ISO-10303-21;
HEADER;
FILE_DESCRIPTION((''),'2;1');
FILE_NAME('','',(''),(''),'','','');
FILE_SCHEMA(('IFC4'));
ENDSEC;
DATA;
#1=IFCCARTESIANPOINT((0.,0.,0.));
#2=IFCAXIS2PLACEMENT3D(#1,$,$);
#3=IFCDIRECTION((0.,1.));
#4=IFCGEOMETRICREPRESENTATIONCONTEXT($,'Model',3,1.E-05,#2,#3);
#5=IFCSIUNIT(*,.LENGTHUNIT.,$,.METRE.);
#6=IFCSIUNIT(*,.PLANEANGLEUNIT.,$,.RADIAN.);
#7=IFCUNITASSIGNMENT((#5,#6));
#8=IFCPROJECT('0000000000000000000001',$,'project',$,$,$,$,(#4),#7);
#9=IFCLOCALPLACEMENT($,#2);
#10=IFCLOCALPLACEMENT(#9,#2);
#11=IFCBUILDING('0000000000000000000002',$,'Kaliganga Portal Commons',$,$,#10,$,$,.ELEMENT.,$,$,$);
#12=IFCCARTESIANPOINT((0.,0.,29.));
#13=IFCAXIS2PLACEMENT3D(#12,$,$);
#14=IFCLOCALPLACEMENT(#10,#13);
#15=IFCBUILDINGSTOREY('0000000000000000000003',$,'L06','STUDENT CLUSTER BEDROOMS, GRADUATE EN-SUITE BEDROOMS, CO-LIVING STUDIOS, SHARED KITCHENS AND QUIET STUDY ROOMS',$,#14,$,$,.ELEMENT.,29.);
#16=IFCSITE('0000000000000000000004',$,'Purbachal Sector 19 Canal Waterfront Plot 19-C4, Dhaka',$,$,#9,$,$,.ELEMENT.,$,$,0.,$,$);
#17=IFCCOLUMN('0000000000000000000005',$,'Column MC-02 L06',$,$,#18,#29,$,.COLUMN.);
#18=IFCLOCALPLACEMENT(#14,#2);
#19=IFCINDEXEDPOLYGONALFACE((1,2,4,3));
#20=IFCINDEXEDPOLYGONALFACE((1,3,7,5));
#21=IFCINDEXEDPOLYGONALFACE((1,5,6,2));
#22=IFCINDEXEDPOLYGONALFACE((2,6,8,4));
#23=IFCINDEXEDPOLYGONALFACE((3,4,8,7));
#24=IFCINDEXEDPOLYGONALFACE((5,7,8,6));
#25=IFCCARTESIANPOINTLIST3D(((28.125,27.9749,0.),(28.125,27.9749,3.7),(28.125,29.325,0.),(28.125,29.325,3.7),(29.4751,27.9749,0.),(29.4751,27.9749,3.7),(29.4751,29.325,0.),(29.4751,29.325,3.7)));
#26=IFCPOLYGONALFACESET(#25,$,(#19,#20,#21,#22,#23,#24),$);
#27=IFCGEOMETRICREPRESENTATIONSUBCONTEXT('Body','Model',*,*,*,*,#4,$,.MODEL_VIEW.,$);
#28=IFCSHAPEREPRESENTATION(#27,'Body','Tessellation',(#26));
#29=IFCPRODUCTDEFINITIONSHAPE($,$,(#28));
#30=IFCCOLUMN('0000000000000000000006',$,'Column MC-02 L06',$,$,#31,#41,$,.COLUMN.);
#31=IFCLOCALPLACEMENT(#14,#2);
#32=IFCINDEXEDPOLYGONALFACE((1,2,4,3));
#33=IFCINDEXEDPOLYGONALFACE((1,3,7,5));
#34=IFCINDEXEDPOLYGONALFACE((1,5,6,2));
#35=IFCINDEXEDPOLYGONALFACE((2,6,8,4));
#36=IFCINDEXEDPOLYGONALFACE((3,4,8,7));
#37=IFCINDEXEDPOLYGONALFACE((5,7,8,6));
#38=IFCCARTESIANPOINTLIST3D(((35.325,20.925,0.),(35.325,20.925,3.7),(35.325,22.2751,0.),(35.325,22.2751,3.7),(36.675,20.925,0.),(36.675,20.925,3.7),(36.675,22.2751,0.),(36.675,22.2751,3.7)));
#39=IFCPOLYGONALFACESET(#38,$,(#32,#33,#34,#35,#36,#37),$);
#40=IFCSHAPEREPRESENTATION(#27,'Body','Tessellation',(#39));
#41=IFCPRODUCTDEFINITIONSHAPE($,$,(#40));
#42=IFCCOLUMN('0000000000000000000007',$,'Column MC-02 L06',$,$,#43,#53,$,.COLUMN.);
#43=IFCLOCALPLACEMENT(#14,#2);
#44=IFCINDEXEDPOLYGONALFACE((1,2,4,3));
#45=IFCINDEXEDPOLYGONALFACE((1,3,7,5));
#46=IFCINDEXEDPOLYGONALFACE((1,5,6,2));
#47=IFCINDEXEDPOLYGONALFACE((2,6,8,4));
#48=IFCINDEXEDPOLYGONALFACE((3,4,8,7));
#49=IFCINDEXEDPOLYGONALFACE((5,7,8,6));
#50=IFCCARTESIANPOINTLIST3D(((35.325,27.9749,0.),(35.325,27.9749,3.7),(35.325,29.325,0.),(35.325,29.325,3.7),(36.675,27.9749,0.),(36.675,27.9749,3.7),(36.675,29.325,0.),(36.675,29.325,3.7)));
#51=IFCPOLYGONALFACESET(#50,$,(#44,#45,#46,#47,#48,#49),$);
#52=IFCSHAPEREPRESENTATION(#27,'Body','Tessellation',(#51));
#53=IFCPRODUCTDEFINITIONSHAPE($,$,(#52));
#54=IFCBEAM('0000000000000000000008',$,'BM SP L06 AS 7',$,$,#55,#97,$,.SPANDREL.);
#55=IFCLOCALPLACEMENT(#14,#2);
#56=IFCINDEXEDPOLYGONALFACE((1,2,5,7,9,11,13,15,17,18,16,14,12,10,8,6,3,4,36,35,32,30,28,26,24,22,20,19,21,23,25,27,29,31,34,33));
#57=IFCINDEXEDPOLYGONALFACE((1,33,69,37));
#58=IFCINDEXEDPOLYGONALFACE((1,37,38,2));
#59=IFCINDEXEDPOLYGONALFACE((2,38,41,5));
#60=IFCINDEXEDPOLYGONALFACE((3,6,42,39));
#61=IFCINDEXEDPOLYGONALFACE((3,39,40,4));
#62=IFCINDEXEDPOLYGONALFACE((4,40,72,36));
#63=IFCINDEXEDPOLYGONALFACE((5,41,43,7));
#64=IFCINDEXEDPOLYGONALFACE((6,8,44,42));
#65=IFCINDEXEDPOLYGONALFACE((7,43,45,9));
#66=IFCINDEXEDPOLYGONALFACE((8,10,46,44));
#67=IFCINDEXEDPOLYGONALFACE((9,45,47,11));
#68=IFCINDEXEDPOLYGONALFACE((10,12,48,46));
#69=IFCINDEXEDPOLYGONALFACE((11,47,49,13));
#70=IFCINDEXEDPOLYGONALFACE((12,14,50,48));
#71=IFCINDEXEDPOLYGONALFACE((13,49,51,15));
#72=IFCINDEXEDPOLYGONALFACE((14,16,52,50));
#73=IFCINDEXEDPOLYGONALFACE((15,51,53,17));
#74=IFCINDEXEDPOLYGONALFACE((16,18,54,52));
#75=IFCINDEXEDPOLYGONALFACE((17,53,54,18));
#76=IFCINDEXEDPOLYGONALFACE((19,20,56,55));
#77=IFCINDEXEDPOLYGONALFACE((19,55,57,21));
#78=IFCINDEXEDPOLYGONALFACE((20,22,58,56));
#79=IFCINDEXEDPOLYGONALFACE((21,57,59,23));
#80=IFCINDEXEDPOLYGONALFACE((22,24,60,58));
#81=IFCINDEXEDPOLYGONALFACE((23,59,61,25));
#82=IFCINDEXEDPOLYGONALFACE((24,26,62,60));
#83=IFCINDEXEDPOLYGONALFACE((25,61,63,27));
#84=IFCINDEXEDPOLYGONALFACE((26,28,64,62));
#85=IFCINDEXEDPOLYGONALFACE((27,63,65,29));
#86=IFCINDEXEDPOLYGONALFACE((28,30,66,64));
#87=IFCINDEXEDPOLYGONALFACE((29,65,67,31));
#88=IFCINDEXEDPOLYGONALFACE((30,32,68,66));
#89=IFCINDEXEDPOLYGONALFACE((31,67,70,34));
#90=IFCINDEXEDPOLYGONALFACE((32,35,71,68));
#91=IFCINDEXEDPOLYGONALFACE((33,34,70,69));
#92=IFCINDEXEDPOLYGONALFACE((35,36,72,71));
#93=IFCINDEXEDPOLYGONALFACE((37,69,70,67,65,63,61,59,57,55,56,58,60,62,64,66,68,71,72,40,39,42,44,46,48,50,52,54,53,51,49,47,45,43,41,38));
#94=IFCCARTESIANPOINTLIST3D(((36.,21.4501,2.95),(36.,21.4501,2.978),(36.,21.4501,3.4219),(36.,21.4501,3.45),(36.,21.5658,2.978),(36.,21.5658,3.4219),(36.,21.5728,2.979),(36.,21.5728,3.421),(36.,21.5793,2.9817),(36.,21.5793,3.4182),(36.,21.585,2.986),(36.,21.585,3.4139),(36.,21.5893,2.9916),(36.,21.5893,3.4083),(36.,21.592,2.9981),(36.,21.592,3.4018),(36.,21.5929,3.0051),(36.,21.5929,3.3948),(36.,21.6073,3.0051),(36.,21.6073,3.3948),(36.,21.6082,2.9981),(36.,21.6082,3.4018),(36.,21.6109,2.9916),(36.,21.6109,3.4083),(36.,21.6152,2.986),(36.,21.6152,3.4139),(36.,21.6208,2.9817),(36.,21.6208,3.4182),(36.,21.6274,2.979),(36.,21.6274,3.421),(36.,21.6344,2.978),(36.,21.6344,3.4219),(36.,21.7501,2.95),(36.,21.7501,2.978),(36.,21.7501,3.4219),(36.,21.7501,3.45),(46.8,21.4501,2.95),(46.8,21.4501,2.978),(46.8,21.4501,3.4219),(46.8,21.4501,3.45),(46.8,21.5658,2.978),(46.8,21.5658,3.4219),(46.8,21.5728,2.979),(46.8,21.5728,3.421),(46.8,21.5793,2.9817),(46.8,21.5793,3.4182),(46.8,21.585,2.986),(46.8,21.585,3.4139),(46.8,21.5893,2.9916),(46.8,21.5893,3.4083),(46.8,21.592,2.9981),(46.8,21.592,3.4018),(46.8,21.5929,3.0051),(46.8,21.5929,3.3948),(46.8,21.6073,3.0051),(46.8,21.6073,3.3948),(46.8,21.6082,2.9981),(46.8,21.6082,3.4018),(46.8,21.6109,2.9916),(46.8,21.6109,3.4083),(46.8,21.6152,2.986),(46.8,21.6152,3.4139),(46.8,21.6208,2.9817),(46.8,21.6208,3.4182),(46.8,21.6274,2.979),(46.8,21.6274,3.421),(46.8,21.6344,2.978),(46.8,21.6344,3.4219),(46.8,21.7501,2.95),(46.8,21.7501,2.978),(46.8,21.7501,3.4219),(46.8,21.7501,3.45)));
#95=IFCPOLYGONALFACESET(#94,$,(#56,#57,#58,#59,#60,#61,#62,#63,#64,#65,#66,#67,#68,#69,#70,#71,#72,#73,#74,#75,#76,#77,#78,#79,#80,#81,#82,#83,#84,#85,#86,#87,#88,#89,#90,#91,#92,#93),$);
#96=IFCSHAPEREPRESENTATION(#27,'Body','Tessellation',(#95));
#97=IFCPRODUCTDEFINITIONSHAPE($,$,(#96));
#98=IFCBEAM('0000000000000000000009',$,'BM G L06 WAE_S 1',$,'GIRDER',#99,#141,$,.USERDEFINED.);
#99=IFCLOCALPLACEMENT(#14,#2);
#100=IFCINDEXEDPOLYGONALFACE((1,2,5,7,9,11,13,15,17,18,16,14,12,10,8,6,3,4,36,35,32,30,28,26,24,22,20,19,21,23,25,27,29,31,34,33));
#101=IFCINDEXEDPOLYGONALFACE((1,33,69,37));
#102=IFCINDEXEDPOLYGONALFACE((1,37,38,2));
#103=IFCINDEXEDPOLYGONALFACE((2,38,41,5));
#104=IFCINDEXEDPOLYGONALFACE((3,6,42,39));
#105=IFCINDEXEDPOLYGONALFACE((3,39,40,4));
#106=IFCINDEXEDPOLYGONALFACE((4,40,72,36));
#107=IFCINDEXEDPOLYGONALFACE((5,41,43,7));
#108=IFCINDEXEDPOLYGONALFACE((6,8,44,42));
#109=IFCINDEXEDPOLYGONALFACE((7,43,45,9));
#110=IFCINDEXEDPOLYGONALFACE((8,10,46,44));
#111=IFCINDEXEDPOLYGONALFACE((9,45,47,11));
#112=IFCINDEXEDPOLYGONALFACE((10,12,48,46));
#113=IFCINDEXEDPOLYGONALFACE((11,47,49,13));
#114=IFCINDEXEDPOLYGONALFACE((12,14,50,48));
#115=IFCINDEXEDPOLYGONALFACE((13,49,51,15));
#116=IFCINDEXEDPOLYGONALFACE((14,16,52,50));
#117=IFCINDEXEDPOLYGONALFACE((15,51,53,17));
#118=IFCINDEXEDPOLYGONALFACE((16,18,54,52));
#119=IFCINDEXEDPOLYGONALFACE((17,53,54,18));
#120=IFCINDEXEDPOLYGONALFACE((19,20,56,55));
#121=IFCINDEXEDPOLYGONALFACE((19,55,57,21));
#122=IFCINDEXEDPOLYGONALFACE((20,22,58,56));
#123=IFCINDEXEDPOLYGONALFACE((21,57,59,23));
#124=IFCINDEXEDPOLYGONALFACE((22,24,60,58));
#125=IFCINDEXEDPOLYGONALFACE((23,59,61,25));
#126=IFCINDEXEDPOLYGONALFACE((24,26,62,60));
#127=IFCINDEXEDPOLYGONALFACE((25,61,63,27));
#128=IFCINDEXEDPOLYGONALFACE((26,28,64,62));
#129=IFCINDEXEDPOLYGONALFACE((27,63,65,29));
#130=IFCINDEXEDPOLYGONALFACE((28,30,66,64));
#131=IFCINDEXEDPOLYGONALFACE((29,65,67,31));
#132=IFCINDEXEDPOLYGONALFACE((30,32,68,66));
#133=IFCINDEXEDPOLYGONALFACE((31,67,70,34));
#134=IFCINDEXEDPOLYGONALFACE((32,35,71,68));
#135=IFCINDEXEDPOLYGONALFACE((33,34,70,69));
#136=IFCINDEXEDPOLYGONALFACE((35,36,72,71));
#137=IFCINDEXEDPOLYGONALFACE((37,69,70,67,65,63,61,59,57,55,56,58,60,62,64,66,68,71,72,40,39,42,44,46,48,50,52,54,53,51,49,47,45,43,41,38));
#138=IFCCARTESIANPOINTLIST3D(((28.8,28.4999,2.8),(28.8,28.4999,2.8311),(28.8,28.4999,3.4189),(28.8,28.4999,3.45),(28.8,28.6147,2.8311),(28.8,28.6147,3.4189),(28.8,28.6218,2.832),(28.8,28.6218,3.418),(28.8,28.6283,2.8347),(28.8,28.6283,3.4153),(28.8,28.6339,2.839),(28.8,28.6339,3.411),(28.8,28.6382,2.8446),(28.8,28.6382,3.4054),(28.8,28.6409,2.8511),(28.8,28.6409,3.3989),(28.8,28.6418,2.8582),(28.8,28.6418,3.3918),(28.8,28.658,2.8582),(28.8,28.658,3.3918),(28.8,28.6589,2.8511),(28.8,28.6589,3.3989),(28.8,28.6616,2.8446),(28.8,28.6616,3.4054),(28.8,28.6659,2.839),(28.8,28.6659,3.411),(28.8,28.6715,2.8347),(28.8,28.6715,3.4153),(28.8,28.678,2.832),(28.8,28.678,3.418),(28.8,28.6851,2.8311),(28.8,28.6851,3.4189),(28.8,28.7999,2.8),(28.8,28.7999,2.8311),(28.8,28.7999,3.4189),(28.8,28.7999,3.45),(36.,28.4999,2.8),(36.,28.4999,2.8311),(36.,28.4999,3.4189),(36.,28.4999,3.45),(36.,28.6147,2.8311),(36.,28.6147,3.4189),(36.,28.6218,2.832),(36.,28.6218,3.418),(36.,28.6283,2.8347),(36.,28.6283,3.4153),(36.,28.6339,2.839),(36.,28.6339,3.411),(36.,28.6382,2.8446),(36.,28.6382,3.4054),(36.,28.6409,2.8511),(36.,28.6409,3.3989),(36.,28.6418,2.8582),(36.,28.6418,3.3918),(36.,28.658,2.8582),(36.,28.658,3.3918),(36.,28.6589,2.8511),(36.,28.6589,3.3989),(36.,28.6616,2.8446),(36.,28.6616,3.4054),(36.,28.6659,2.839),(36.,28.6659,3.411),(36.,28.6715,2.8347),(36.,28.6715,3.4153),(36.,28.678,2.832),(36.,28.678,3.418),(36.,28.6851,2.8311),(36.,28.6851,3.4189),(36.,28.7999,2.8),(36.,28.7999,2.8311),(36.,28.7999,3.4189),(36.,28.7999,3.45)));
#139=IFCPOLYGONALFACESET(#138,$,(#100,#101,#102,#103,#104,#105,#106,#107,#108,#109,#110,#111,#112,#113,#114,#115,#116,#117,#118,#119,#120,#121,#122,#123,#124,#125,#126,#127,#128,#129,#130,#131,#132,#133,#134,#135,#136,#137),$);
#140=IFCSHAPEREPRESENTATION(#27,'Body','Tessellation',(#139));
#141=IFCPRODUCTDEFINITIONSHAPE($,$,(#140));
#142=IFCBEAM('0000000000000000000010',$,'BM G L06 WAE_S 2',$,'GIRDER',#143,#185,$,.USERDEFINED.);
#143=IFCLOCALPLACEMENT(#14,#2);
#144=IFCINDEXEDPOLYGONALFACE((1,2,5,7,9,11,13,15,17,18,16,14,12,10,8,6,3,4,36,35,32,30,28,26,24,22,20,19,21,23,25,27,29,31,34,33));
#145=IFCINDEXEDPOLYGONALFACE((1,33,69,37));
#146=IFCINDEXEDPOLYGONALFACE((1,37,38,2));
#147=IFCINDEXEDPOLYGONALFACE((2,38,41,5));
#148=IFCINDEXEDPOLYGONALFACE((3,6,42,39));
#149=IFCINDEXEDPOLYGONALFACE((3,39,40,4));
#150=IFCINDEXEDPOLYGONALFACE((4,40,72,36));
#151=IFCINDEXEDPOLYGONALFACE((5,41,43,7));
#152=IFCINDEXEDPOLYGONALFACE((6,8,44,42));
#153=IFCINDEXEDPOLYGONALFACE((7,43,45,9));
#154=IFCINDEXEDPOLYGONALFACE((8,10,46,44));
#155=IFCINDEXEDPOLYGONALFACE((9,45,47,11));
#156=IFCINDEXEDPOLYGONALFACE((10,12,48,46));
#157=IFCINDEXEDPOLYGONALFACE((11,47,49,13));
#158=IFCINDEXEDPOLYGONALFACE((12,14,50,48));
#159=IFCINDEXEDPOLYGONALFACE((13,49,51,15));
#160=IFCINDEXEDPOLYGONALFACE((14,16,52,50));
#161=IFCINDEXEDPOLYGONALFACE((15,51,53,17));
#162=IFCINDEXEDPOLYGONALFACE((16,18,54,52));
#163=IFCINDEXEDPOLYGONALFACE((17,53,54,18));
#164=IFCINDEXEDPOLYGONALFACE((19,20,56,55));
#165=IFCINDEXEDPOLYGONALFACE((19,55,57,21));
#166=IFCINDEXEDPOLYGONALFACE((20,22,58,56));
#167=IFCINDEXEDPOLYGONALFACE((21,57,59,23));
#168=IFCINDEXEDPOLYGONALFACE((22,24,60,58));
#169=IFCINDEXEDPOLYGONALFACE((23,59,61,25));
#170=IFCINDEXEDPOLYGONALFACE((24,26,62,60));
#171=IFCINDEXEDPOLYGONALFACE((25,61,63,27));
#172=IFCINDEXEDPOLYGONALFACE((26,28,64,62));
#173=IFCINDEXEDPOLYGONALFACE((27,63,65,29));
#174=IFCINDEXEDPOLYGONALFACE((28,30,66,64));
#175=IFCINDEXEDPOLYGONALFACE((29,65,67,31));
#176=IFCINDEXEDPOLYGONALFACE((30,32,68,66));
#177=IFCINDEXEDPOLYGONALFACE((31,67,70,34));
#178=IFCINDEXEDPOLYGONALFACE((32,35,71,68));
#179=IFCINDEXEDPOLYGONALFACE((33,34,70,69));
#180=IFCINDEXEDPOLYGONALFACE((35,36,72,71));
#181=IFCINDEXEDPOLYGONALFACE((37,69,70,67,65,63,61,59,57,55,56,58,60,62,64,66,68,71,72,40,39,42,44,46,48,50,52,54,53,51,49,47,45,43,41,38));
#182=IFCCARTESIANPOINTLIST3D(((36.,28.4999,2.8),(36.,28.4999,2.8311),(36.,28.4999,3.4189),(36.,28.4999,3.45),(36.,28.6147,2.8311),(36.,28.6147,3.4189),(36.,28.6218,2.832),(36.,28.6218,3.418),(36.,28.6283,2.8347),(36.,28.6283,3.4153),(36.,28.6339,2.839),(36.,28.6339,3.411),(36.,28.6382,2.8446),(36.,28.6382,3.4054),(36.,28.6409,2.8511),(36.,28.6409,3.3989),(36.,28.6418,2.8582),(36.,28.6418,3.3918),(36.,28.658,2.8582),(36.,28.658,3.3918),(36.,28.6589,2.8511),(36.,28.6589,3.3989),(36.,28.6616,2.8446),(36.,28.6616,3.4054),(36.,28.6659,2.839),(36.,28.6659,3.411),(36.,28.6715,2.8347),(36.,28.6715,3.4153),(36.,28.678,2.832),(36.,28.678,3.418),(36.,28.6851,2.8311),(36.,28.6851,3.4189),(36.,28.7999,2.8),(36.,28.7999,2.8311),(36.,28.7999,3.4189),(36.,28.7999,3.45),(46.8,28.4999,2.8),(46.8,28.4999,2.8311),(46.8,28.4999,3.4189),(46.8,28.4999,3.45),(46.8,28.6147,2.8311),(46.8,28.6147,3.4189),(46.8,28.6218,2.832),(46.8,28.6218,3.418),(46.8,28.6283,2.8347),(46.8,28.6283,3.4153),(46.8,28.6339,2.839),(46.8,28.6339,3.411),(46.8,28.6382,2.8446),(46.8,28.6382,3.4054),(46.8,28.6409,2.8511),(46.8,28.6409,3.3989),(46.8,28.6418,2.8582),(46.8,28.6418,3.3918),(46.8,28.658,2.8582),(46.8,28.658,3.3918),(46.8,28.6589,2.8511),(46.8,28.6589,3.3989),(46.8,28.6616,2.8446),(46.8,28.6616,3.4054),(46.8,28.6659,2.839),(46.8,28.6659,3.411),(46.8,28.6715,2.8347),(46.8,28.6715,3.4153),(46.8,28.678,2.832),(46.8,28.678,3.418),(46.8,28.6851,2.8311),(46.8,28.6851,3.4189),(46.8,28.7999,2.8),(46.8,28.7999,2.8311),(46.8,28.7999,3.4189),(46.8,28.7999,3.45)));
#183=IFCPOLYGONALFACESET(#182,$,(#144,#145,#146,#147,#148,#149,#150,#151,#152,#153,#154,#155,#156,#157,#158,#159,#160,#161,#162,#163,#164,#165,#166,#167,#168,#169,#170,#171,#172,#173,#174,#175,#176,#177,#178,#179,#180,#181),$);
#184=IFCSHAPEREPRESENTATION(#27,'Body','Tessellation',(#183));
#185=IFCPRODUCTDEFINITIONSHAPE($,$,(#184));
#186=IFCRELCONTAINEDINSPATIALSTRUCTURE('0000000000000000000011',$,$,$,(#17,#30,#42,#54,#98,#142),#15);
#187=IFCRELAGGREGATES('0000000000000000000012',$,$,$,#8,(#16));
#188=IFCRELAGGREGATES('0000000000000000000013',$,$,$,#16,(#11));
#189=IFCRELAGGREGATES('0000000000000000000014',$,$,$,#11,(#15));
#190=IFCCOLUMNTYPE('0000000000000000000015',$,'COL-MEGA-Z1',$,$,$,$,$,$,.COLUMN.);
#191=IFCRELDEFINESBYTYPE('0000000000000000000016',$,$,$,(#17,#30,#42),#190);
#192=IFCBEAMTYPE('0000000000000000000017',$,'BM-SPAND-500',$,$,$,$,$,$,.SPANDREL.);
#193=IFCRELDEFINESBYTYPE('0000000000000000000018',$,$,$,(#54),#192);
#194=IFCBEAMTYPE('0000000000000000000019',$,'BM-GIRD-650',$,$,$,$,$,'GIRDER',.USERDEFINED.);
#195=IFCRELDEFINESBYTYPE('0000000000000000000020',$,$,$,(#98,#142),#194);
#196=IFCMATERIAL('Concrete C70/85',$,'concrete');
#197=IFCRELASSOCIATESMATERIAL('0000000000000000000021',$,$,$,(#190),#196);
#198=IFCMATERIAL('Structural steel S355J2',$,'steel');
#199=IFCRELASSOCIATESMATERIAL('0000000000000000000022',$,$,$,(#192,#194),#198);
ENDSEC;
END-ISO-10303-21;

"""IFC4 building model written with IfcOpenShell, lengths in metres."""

from ifc_helpers import new_model, si_unit, direction, frame, origin, origin_2d, place, context, subcontext, project, spatial, rectangle, i_section, extrude, source, transform, mapped, material, material_profile, profile_set, type_object, element, save


model = new_model("IFC4")

# Units and contexts
model_context = context("Model", 3, precision=1e-05, world=origin(), true_north=direction((0.0, 1.0)))
body_context = subcontext(model_context, "Body", "Model", "MODEL_VIEW")
ifc_project = project(units=[si_unit("LENGTHUNIT", "METRE"), si_unit("PLANEANGLEUNIT", "RADIAN")], contexts=[model_context])

# Site, building, storey
site_placement = place(None, origin())
site = spatial("IfcSite", under=ifc_project, at=site_placement, Name="Purbachal Sector 19 Canal Waterfront Plot 19-C4, Dhaka", CompositionType="ELEMENT", RefElevation=0.0)
building_placement = place(site_placement, origin())
building = spatial("IfcBuilding", under=site, at=building_placement, Name="Kaliganga Portal Commons", CompositionType="ELEMENT")
storey_placement = place(building_placement, frame((0.0, 0.0, 29.0)))
storey = spatial("IfcBuildingStorey", under=building, at=storey_placement, Name="L06", Description="STUDENT CLUSTER BEDROOMS, GRADUATE EN-SUITE BEDROOMS, CO-LIVING STUDIOS, SHARED KITCHENS AND QUIET STUDY ROOMS", CompositionType="ELEMENT", Elevation=29.0)

# Columns
ifc_material_1 = material(Name="Concrete C70/85", Category="concrete")
ifc_material_profile_1 = material_profile(ifc_material_1, rectangle(XDim=1.3501, YDim=1.3501, at=origin_2d()), Name="RC 1350x1350")
ifc_profile_set_1 = profile_set([ifc_material_profile_1], Name="Concrete C70/85")
column_type = type_object("IfcColumnType", Name="COL-MEGA-Z1", PredefinedType="COLUMN", material=ifc_profile_set_1)
shared_shape_1 = source(origin(), body_context, "Body", "SweptSolid", [
    extrude(rectangle(XDim=1.3501, YDim=1.3501, at=origin_2d()), origin(), (0.0, 0.0, 1.0), 3.7),
])
for number, where, z_axis, x_axis, name in (
    (1, (28.8, 28.6499, 0.0), (0.0, 0.0, 1.0), (1.0, 0.0, 0.0), "Column MC-02 L06"),
    (2, (36.0, 21.6001, 0.0), (0.0, 0.0, 1.0), (1.0, 0.0, 0.0), "Column MC-02 L06"),
    (3, (36.0, 28.6499, 0.0), (0.0, 0.0, 1.0), (1.0, 0.0, 0.0), "Column MC-02 L06"),
):
    element("IfcColumn", number, at=place(storey_placement, frame(where, z_axis=z_axis, x_axis=x_axis)), inside=storey, type_object=column_type, Name=name, PredefinedType="COLUMN", context=body_context, shape_type="MappedRepresentation", body=[
        mapped(shared_shape_1, transform((0.0, 0.0, 0.0), x_axis=(1.0, 0.0, 0.0), y_axis=(0.0, 1.0, 0.0), z_axis=(0.0, 0.0, 1.0), scale=1.0)),
    ])

# Beams
ifc_material_2 = material(Name="Structural steel S355J2", Category="steel")
ifc_material_profile_2 = material_profile(ifc_material_2, i_section(OverallWidth=0.3, OverallDepth=0.5, WebThickness=0.0144, FlangeThickness=0.0281, FilletRadius=0.0271, at=origin_2d()), Name="HE 500 B")
ifc_profile_set_2 = profile_set([ifc_material_profile_2], Name="Structural steel S355J2 wide-flange")
beam_type_1 = type_object("IfcBeamType", Name="BM-SPAND-500", PredefinedType="SPANDREL", material=ifc_profile_set_2)
shared_shape_2 = source(origin(), body_context, "Body", "SweptSolid", [
    extrude(i_section(OverallWidth=0.3, OverallDepth=0.5, WebThickness=0.0144, FlangeThickness=0.0281, FilletRadius=0.0271, at=origin_2d()), origin(), (0.0, 0.0, 1.0), 10.8),
])
beam_1_placement = place(storey_placement, frame((36.0, 21.6001, 3.2), z_axis=(1.0, 0.0, 0.0), x_axis=(0.0, 1.0, 0.0)))
element("IfcBeam", 4, at=beam_1_placement, inside=storey, type_object=beam_type_1, Name="BM SP L06 AS 7", PredefinedType="SPANDREL", context=body_context, shape_type="MappedRepresentation", body=[
    mapped(shared_shape_2, transform((0.0, 0.0, 0.0), x_axis=(1.0, 0.0, 0.0), y_axis=(0.0, 1.0, 0.0), z_axis=(0.0, 0.0, 1.0), scale=1.0)),
])
ifc_material_profile_3 = material_profile(ifc_material_2, i_section(OverallWidth=0.3, OverallDepth=0.6499, WebThickness=0.0161, FlangeThickness=0.031, FilletRadius=0.0271, at=origin_2d()), Name="HE 650 B")
ifc_profile_set_3 = profile_set([ifc_material_profile_3], Name="Structural steel S355J2 wide-flange")
beam_type_2 = type_object("IfcBeamType", Name="BM-GIRD-650", ElementType="GIRDER", PredefinedType="USERDEFINED", material=ifc_profile_set_3)
shared_shape_3 = source(origin(), body_context, "Body", "SweptSolid", [
    extrude(i_section(OverallWidth=0.3, OverallDepth=0.6499, WebThickness=0.0161, FlangeThickness=0.031, FilletRadius=0.0271, at=origin_2d()), origin(), (0.0, 0.0, 1.0), 7.2),
])
beam_2_placement = place(storey_placement, frame((28.8, 28.6499, 3.125), z_axis=(1.0, 0.0, 0.0), x_axis=(0.0, 1.0, 0.0)))
element("IfcBeam", 5, at=beam_2_placement, inside=storey, type_object=beam_type_2, Name="BM G L06 WAE_S 1", ObjectType="GIRDER", PredefinedType="USERDEFINED", context=body_context, shape_type="MappedRepresentation", body=[
    mapped(shared_shape_3, transform((0.0, 0.0, 0.0), x_axis=(1.0, 0.0, 0.0), y_axis=(0.0, 1.0, 0.0), z_axis=(0.0, 0.0, 1.0), scale=1.0)),
])
shared_shape_4 = source(origin(), body_context, "Body", "SweptSolid", [
    extrude(i_section(OverallWidth=0.3, OverallDepth=0.6499, WebThickness=0.0161, FlangeThickness=0.031, FilletRadius=0.0271, at=origin_2d()), origin(), (0.0, 0.0, 1.0), 10.8),
])
beam_3_placement = place(storey_placement, frame((36.0, 28.6499, 3.125), z_axis=(1.0, 0.0, 0.0), x_axis=(0.0, 1.0, 0.0)))
element("IfcBeam", 6, at=beam_3_placement, inside=storey, type_object=beam_type_2, Name="BM G L06 WAE_S 2", ObjectType="GIRDER", PredefinedType="USERDEFINED", context=body_context, shape_type="MappedRepresentation", body=[
    mapped(shared_shape_4, transform((0.0, 0.0, 0.0), x_axis=(1.0, 0.0, 0.0), y_axis=(0.0, 1.0, 0.0), z_axis=(0.0, 0.0, 1.0), scale=1.0)),
])

save(model, "model.ifc")
